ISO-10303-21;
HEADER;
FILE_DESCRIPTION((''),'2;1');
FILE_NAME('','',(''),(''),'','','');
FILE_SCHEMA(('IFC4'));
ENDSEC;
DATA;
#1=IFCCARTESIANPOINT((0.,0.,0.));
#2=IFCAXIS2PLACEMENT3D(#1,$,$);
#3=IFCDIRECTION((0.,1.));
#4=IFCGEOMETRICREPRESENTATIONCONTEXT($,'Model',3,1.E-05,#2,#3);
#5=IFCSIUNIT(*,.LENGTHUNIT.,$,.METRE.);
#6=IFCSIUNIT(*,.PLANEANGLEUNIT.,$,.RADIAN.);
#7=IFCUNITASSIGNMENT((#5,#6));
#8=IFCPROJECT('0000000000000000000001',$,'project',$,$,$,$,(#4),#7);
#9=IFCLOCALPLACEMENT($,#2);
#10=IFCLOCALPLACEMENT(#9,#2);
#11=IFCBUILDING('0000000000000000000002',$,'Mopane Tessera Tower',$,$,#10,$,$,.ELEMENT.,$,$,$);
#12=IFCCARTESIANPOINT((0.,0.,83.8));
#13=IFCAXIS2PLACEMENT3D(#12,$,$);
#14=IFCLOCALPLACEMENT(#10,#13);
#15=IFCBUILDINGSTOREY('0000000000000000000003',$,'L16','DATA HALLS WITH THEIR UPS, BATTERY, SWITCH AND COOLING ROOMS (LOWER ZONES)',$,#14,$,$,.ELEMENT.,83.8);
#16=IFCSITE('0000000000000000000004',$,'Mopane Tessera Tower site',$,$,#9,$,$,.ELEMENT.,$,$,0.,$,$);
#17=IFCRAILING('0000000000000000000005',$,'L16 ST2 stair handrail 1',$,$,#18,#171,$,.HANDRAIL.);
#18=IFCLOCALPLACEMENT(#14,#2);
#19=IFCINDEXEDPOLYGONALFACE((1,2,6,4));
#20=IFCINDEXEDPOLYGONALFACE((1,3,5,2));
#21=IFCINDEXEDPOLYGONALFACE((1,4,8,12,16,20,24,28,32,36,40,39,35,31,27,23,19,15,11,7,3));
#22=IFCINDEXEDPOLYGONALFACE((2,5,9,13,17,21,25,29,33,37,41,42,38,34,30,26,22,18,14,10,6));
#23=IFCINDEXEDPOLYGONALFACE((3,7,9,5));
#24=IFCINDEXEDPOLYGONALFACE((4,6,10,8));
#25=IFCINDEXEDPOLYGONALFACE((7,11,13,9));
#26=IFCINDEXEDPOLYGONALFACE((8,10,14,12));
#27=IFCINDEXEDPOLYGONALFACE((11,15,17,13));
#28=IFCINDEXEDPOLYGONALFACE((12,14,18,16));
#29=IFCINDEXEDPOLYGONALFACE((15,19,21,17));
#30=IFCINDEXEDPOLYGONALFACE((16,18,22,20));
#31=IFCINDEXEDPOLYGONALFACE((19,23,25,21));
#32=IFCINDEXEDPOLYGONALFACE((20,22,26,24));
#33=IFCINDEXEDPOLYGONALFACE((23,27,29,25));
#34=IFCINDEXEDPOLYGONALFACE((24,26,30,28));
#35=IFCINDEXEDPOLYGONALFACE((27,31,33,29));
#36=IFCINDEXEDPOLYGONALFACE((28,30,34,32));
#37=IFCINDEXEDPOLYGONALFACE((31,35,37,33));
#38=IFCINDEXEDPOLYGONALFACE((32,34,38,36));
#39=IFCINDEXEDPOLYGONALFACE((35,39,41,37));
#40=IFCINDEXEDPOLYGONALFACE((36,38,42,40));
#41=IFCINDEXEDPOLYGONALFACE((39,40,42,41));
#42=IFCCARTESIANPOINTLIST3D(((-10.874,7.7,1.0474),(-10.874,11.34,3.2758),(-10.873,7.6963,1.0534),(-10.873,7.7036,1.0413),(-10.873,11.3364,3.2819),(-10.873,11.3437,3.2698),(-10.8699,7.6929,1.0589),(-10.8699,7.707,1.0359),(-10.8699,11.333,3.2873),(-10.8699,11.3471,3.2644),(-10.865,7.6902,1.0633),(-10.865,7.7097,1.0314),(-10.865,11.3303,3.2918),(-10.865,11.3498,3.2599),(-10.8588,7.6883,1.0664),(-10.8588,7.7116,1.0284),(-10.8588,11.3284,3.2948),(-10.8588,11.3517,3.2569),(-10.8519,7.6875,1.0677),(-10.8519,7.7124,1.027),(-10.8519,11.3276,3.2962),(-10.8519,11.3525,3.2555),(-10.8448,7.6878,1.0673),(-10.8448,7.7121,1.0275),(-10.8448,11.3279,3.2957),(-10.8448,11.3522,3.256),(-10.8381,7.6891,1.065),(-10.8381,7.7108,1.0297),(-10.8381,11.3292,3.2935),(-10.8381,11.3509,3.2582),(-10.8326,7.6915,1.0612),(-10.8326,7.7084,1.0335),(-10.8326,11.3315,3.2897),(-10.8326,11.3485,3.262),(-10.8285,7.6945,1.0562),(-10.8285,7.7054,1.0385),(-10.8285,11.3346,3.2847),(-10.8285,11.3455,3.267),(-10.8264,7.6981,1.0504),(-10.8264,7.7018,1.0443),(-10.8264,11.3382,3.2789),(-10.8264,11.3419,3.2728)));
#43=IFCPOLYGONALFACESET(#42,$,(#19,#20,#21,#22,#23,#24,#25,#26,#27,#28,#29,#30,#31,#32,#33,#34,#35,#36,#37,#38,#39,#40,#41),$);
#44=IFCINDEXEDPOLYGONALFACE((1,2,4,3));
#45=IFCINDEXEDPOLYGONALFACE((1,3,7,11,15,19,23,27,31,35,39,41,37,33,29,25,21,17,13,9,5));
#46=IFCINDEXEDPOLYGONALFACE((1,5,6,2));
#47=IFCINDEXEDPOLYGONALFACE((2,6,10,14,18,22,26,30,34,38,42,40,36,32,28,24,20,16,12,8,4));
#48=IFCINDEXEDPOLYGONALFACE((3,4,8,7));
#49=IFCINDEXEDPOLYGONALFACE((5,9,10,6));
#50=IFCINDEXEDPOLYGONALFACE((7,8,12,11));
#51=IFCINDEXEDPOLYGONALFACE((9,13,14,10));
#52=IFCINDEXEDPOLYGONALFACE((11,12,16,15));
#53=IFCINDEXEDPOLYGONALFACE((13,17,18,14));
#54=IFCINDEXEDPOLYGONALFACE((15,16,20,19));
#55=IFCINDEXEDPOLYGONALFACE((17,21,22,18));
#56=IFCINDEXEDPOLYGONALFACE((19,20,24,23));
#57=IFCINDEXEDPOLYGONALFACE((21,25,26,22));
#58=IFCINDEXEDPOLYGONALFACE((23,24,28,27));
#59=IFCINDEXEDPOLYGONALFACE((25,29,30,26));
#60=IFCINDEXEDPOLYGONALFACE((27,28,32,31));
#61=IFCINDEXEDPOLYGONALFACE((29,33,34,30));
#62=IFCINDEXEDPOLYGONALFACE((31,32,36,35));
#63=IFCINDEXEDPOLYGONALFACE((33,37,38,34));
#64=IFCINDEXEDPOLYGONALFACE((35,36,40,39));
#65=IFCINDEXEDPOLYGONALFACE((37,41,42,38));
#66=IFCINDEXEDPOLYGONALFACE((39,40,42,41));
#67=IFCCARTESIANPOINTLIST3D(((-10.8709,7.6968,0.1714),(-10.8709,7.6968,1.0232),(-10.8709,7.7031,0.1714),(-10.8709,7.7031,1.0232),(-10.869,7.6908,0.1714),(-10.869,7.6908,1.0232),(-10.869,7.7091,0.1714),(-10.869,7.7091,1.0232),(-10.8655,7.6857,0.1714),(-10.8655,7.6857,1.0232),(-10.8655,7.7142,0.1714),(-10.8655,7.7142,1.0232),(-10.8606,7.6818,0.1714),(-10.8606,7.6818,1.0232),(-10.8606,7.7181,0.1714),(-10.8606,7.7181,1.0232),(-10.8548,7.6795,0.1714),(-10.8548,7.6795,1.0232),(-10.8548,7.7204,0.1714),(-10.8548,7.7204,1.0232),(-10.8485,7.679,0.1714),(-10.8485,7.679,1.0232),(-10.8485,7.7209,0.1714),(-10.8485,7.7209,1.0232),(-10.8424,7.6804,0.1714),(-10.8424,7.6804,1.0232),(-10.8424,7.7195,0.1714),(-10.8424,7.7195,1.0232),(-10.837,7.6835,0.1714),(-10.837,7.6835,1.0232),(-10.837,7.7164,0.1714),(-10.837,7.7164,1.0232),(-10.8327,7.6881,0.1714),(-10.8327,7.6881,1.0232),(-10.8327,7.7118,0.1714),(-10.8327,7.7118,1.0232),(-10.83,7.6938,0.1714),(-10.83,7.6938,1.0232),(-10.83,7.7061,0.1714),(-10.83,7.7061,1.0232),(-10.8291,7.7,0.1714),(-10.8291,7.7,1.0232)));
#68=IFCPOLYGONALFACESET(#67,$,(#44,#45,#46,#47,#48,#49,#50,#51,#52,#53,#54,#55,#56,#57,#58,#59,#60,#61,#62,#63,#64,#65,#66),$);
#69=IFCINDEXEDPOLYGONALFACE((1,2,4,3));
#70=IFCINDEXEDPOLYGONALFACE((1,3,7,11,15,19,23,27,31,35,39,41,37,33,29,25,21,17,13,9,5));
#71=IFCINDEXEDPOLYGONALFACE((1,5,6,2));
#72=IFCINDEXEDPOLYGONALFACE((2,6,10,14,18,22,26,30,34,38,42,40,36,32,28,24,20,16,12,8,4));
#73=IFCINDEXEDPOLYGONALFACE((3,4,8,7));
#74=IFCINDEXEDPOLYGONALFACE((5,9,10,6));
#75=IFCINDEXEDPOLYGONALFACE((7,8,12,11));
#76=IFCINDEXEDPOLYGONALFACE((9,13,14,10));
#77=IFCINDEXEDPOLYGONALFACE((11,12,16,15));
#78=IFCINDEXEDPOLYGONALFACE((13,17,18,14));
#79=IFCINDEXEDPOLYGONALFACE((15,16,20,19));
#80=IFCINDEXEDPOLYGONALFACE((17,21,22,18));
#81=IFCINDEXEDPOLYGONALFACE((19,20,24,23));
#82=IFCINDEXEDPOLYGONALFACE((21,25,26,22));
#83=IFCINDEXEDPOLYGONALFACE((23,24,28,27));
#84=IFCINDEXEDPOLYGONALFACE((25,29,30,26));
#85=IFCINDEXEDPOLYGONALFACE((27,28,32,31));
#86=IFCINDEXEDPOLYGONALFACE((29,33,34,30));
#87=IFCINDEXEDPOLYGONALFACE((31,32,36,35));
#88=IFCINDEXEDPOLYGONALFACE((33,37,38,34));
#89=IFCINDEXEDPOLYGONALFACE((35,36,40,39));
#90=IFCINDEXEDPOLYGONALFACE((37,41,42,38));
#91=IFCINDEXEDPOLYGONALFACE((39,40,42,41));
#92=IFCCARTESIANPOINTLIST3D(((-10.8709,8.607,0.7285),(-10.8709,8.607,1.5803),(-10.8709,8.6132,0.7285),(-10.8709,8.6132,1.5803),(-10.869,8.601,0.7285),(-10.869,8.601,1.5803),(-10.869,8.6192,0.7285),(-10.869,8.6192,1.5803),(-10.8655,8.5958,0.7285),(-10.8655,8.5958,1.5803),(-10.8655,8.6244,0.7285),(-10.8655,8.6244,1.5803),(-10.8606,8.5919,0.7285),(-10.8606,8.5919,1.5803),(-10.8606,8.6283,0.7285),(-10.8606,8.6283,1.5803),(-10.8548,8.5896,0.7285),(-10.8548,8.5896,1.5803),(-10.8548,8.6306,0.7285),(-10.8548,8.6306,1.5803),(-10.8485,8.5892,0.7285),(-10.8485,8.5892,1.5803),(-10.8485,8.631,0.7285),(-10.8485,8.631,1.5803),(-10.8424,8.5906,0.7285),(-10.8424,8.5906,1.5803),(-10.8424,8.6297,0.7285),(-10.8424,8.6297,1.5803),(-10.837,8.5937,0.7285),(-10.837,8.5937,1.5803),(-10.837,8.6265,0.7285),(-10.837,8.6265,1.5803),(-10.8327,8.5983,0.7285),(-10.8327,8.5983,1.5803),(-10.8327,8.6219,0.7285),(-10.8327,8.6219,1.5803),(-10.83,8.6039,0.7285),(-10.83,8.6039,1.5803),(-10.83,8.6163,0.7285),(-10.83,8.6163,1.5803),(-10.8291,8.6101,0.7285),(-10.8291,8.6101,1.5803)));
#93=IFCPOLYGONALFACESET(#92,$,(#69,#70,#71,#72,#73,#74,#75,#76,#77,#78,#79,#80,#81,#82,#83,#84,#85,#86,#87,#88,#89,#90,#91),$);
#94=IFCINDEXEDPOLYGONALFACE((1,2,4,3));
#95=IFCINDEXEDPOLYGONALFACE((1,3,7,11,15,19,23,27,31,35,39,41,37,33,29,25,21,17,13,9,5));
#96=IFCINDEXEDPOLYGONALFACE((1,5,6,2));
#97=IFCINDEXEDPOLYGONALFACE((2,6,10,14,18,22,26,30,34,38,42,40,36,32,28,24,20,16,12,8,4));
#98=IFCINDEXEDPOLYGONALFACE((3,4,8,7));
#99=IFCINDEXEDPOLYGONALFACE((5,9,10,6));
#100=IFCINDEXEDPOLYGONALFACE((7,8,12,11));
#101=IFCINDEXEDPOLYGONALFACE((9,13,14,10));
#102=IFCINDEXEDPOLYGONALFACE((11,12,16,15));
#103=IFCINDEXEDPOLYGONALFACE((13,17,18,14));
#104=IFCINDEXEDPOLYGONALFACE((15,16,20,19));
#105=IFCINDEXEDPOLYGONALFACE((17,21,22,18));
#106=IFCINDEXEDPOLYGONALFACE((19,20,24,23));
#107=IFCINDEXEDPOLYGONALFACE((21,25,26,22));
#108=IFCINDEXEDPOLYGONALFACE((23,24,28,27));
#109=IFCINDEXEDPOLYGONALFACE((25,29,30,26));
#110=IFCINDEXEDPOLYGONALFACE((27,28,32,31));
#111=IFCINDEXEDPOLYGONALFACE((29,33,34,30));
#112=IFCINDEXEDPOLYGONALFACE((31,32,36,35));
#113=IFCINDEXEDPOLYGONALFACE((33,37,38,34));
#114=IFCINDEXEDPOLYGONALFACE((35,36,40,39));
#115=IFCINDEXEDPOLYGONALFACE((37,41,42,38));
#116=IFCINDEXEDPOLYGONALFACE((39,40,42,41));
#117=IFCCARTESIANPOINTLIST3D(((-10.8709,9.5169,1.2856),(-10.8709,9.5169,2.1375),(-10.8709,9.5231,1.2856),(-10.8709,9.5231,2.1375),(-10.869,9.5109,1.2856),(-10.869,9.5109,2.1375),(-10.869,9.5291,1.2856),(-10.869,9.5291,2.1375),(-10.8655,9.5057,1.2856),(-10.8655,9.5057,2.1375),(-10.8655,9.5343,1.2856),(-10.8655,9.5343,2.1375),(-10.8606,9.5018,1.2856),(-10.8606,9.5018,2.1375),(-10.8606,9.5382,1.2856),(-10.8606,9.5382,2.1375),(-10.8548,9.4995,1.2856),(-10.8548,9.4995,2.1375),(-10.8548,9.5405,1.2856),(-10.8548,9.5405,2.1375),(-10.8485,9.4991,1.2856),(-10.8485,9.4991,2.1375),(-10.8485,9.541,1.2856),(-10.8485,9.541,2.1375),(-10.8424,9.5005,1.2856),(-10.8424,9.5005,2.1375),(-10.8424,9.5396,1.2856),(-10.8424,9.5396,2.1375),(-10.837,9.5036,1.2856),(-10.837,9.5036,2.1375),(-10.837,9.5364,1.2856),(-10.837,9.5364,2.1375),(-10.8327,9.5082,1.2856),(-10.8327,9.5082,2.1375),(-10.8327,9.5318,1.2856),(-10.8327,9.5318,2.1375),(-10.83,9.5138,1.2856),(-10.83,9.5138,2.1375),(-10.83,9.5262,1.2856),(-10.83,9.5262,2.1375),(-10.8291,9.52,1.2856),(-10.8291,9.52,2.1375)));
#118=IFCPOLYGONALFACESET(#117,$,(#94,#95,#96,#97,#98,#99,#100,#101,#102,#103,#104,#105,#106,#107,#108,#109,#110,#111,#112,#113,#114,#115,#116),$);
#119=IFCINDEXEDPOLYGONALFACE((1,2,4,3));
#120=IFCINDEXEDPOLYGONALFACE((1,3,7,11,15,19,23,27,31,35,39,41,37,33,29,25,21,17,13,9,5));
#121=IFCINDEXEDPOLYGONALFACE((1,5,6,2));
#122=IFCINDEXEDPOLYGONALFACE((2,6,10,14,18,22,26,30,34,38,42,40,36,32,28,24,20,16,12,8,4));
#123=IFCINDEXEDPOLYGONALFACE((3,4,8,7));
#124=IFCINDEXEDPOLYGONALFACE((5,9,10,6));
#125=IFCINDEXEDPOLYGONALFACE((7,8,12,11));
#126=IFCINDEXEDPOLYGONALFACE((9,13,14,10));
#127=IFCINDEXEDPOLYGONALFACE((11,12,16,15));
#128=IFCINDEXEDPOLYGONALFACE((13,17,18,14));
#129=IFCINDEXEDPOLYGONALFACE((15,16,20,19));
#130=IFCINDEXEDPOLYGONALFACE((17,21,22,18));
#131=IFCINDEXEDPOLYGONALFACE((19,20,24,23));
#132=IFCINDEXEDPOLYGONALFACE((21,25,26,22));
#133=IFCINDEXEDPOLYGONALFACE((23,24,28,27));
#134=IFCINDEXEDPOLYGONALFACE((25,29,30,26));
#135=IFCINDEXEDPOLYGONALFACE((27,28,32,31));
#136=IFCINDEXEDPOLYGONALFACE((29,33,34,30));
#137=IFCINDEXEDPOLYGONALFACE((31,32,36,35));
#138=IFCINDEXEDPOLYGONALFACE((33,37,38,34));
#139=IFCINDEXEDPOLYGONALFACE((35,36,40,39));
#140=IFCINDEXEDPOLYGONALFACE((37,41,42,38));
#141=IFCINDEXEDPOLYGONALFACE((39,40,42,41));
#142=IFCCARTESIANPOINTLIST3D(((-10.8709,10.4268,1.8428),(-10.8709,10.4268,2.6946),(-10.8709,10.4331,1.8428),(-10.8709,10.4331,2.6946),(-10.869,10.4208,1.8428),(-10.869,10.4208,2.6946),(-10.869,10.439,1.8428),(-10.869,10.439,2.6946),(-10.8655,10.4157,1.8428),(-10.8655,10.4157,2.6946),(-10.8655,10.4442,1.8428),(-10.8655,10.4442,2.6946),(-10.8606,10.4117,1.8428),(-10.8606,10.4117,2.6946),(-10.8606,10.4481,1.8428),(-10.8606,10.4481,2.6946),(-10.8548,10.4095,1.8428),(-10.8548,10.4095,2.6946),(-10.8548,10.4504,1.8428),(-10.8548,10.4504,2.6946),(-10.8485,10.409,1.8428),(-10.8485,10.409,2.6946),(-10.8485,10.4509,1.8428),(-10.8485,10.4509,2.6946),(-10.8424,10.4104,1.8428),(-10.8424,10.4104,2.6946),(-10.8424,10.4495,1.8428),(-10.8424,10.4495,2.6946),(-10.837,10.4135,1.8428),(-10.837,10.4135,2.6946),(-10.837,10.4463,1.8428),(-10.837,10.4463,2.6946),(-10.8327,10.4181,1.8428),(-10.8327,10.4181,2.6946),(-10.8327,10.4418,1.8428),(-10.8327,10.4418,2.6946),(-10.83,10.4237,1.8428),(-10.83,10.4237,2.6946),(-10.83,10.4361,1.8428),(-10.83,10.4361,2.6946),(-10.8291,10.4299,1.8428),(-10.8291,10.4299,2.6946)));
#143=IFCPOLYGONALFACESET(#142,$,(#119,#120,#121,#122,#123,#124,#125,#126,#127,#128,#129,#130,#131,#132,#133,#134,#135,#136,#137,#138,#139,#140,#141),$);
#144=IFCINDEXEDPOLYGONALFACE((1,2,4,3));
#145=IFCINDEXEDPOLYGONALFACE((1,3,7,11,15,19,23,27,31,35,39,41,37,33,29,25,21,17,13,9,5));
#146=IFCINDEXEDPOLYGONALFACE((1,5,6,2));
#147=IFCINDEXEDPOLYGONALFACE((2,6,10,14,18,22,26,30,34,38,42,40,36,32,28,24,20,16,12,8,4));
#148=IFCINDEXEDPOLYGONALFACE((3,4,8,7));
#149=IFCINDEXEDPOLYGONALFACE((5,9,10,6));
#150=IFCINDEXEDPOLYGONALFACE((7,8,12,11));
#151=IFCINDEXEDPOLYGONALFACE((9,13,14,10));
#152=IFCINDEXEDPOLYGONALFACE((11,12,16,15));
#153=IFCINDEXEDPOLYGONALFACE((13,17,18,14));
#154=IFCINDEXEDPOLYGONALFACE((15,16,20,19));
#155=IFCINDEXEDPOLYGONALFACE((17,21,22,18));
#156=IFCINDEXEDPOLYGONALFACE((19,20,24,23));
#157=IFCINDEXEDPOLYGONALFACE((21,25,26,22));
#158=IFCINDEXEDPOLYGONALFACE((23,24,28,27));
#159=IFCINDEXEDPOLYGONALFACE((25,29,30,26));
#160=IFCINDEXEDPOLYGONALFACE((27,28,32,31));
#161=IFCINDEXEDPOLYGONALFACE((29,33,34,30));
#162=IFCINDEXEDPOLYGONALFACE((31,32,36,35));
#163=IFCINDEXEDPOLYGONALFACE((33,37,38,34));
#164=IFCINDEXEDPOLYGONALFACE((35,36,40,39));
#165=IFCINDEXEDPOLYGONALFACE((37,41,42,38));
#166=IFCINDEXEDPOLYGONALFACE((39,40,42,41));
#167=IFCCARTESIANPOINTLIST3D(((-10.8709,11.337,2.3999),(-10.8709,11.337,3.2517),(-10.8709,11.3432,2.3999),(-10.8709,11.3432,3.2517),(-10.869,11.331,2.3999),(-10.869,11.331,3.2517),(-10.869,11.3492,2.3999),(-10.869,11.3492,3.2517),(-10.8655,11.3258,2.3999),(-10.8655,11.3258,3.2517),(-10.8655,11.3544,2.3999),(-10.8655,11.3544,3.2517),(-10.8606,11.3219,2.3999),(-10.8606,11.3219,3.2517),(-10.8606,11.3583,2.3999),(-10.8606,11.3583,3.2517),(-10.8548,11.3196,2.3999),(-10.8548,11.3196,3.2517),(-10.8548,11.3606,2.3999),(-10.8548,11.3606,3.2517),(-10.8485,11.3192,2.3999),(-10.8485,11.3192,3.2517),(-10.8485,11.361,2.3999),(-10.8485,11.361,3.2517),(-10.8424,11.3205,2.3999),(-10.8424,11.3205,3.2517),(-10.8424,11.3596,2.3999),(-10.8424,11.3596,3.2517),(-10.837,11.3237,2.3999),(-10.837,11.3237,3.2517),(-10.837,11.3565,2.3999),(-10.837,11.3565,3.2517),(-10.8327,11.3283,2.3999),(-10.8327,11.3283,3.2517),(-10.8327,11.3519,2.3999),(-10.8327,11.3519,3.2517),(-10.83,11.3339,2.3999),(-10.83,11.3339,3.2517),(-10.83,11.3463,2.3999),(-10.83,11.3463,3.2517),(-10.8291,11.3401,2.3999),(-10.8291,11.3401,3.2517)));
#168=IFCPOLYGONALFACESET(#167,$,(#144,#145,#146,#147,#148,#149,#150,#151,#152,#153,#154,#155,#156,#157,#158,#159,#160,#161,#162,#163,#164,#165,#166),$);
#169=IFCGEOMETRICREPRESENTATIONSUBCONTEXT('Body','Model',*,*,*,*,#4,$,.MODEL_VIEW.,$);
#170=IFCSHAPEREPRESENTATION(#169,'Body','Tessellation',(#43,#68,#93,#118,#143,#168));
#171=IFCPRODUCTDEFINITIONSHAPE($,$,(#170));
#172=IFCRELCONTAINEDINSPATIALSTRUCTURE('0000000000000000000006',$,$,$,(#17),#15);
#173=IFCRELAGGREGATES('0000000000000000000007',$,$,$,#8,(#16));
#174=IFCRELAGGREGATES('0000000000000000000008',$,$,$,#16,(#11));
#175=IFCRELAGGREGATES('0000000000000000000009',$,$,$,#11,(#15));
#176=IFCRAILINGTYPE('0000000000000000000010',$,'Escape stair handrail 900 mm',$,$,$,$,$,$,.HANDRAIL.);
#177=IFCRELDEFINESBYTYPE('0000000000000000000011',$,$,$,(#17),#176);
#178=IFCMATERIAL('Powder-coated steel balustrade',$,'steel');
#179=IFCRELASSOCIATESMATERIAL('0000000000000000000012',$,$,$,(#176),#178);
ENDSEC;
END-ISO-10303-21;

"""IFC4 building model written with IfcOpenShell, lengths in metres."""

from ifc_helpers import new_model, si_unit, direction, frame, origin, origin_2d, place, context, subcontext, project, spatial, circle, extrude, material, type_object, element, save


model = new_model("IFC4")

# Units and contexts
model_context = context("Model", 3, precision=1e-05, world=origin(), true_north=direction((0.0, 1.0)))
body_context = subcontext(model_context, "Body", "Model", "MODEL_VIEW")
ifc_project = project(units=[si_unit("LENGTHUNIT", "METRE"), si_unit("PLANEANGLEUNIT", "RADIAN")], contexts=[model_context])

# Site, building, storey
site_placement = place(None, origin())
site = spatial("IfcSite", under=ifc_project, at=site_placement, Name="Mopane Tessera Tower site", CompositionType="ELEMENT", RefElevation=0.0)
building_placement = place(site_placement, origin())
building = spatial("IfcBuilding", under=site, at=building_placement, Name="Mopane Tessera Tower", CompositionType="ELEMENT")
storey_placement = place(building_placement, frame((0.0, 0.0, 83.8)))
storey = spatial("IfcBuildingStorey", under=building, at=storey_placement, Name="L16", Description="DATA HALLS WITH THEIR UPS, BATTERY, SWITCH AND COOLING ROOMS (LOWER ZONES)", CompositionType="ELEMENT", Elevation=83.8)

# Railing
ifc_material_1 = material(Name="Powder-coated steel balustrade", Category="steel")
railing_type_1 = type_object("IfcRailingType", Name="Escape stair handrail 900 mm", PredefinedType="HANDRAIL", material=ifc_material_1)
railing_1_placement = place(storey_placement, frame((-10.8501, 7.7, 0.1714)))
element("IfcRailing", 1, at=railing_1_placement, inside=storey, type_object=railing_type_1, Name="L16 ST2 stair handrail 1", PredefinedType="HANDRAIL", context=body_context, shape_type="SweptSolid", body=[
    extrude(circle(Radius=0.0239, at=origin_2d()), frame((0.0, 0.0, 0.876), z_axis=(0.0, 0.852866, 0.52213), x_axis=(-1.0, 0.0, 0.0)), (0.0, 0.0, 1.0), 4.2681),
    extrude(circle(Radius=0.021, at=origin_2d()), origin(), (0.0, 0.0, 1.0), 0.8518),
    extrude(circle(Radius=0.021, at=origin_2d()), frame((0.0, 0.9102, 0.5571)), (0.0, 0.0, 1.0), 0.8518),
    extrude(circle(Radius=0.021, at=origin_2d()), frame((0.0, 1.8201, 1.1143)), (0.0, 0.0, 1.0), 0.8518),
    extrude(circle(Radius=0.021, at=origin_2d()), frame((0.0, 2.73, 1.6714)), (0.0, 0.0, 1.0), 0.8518),
    extrude(circle(Radius=0.021, at=origin_2d()), frame((0.0, 3.6401, 2.2285)), (0.0, 0.0, 1.0), 0.8518),
])

save(model, "model.ifc")
